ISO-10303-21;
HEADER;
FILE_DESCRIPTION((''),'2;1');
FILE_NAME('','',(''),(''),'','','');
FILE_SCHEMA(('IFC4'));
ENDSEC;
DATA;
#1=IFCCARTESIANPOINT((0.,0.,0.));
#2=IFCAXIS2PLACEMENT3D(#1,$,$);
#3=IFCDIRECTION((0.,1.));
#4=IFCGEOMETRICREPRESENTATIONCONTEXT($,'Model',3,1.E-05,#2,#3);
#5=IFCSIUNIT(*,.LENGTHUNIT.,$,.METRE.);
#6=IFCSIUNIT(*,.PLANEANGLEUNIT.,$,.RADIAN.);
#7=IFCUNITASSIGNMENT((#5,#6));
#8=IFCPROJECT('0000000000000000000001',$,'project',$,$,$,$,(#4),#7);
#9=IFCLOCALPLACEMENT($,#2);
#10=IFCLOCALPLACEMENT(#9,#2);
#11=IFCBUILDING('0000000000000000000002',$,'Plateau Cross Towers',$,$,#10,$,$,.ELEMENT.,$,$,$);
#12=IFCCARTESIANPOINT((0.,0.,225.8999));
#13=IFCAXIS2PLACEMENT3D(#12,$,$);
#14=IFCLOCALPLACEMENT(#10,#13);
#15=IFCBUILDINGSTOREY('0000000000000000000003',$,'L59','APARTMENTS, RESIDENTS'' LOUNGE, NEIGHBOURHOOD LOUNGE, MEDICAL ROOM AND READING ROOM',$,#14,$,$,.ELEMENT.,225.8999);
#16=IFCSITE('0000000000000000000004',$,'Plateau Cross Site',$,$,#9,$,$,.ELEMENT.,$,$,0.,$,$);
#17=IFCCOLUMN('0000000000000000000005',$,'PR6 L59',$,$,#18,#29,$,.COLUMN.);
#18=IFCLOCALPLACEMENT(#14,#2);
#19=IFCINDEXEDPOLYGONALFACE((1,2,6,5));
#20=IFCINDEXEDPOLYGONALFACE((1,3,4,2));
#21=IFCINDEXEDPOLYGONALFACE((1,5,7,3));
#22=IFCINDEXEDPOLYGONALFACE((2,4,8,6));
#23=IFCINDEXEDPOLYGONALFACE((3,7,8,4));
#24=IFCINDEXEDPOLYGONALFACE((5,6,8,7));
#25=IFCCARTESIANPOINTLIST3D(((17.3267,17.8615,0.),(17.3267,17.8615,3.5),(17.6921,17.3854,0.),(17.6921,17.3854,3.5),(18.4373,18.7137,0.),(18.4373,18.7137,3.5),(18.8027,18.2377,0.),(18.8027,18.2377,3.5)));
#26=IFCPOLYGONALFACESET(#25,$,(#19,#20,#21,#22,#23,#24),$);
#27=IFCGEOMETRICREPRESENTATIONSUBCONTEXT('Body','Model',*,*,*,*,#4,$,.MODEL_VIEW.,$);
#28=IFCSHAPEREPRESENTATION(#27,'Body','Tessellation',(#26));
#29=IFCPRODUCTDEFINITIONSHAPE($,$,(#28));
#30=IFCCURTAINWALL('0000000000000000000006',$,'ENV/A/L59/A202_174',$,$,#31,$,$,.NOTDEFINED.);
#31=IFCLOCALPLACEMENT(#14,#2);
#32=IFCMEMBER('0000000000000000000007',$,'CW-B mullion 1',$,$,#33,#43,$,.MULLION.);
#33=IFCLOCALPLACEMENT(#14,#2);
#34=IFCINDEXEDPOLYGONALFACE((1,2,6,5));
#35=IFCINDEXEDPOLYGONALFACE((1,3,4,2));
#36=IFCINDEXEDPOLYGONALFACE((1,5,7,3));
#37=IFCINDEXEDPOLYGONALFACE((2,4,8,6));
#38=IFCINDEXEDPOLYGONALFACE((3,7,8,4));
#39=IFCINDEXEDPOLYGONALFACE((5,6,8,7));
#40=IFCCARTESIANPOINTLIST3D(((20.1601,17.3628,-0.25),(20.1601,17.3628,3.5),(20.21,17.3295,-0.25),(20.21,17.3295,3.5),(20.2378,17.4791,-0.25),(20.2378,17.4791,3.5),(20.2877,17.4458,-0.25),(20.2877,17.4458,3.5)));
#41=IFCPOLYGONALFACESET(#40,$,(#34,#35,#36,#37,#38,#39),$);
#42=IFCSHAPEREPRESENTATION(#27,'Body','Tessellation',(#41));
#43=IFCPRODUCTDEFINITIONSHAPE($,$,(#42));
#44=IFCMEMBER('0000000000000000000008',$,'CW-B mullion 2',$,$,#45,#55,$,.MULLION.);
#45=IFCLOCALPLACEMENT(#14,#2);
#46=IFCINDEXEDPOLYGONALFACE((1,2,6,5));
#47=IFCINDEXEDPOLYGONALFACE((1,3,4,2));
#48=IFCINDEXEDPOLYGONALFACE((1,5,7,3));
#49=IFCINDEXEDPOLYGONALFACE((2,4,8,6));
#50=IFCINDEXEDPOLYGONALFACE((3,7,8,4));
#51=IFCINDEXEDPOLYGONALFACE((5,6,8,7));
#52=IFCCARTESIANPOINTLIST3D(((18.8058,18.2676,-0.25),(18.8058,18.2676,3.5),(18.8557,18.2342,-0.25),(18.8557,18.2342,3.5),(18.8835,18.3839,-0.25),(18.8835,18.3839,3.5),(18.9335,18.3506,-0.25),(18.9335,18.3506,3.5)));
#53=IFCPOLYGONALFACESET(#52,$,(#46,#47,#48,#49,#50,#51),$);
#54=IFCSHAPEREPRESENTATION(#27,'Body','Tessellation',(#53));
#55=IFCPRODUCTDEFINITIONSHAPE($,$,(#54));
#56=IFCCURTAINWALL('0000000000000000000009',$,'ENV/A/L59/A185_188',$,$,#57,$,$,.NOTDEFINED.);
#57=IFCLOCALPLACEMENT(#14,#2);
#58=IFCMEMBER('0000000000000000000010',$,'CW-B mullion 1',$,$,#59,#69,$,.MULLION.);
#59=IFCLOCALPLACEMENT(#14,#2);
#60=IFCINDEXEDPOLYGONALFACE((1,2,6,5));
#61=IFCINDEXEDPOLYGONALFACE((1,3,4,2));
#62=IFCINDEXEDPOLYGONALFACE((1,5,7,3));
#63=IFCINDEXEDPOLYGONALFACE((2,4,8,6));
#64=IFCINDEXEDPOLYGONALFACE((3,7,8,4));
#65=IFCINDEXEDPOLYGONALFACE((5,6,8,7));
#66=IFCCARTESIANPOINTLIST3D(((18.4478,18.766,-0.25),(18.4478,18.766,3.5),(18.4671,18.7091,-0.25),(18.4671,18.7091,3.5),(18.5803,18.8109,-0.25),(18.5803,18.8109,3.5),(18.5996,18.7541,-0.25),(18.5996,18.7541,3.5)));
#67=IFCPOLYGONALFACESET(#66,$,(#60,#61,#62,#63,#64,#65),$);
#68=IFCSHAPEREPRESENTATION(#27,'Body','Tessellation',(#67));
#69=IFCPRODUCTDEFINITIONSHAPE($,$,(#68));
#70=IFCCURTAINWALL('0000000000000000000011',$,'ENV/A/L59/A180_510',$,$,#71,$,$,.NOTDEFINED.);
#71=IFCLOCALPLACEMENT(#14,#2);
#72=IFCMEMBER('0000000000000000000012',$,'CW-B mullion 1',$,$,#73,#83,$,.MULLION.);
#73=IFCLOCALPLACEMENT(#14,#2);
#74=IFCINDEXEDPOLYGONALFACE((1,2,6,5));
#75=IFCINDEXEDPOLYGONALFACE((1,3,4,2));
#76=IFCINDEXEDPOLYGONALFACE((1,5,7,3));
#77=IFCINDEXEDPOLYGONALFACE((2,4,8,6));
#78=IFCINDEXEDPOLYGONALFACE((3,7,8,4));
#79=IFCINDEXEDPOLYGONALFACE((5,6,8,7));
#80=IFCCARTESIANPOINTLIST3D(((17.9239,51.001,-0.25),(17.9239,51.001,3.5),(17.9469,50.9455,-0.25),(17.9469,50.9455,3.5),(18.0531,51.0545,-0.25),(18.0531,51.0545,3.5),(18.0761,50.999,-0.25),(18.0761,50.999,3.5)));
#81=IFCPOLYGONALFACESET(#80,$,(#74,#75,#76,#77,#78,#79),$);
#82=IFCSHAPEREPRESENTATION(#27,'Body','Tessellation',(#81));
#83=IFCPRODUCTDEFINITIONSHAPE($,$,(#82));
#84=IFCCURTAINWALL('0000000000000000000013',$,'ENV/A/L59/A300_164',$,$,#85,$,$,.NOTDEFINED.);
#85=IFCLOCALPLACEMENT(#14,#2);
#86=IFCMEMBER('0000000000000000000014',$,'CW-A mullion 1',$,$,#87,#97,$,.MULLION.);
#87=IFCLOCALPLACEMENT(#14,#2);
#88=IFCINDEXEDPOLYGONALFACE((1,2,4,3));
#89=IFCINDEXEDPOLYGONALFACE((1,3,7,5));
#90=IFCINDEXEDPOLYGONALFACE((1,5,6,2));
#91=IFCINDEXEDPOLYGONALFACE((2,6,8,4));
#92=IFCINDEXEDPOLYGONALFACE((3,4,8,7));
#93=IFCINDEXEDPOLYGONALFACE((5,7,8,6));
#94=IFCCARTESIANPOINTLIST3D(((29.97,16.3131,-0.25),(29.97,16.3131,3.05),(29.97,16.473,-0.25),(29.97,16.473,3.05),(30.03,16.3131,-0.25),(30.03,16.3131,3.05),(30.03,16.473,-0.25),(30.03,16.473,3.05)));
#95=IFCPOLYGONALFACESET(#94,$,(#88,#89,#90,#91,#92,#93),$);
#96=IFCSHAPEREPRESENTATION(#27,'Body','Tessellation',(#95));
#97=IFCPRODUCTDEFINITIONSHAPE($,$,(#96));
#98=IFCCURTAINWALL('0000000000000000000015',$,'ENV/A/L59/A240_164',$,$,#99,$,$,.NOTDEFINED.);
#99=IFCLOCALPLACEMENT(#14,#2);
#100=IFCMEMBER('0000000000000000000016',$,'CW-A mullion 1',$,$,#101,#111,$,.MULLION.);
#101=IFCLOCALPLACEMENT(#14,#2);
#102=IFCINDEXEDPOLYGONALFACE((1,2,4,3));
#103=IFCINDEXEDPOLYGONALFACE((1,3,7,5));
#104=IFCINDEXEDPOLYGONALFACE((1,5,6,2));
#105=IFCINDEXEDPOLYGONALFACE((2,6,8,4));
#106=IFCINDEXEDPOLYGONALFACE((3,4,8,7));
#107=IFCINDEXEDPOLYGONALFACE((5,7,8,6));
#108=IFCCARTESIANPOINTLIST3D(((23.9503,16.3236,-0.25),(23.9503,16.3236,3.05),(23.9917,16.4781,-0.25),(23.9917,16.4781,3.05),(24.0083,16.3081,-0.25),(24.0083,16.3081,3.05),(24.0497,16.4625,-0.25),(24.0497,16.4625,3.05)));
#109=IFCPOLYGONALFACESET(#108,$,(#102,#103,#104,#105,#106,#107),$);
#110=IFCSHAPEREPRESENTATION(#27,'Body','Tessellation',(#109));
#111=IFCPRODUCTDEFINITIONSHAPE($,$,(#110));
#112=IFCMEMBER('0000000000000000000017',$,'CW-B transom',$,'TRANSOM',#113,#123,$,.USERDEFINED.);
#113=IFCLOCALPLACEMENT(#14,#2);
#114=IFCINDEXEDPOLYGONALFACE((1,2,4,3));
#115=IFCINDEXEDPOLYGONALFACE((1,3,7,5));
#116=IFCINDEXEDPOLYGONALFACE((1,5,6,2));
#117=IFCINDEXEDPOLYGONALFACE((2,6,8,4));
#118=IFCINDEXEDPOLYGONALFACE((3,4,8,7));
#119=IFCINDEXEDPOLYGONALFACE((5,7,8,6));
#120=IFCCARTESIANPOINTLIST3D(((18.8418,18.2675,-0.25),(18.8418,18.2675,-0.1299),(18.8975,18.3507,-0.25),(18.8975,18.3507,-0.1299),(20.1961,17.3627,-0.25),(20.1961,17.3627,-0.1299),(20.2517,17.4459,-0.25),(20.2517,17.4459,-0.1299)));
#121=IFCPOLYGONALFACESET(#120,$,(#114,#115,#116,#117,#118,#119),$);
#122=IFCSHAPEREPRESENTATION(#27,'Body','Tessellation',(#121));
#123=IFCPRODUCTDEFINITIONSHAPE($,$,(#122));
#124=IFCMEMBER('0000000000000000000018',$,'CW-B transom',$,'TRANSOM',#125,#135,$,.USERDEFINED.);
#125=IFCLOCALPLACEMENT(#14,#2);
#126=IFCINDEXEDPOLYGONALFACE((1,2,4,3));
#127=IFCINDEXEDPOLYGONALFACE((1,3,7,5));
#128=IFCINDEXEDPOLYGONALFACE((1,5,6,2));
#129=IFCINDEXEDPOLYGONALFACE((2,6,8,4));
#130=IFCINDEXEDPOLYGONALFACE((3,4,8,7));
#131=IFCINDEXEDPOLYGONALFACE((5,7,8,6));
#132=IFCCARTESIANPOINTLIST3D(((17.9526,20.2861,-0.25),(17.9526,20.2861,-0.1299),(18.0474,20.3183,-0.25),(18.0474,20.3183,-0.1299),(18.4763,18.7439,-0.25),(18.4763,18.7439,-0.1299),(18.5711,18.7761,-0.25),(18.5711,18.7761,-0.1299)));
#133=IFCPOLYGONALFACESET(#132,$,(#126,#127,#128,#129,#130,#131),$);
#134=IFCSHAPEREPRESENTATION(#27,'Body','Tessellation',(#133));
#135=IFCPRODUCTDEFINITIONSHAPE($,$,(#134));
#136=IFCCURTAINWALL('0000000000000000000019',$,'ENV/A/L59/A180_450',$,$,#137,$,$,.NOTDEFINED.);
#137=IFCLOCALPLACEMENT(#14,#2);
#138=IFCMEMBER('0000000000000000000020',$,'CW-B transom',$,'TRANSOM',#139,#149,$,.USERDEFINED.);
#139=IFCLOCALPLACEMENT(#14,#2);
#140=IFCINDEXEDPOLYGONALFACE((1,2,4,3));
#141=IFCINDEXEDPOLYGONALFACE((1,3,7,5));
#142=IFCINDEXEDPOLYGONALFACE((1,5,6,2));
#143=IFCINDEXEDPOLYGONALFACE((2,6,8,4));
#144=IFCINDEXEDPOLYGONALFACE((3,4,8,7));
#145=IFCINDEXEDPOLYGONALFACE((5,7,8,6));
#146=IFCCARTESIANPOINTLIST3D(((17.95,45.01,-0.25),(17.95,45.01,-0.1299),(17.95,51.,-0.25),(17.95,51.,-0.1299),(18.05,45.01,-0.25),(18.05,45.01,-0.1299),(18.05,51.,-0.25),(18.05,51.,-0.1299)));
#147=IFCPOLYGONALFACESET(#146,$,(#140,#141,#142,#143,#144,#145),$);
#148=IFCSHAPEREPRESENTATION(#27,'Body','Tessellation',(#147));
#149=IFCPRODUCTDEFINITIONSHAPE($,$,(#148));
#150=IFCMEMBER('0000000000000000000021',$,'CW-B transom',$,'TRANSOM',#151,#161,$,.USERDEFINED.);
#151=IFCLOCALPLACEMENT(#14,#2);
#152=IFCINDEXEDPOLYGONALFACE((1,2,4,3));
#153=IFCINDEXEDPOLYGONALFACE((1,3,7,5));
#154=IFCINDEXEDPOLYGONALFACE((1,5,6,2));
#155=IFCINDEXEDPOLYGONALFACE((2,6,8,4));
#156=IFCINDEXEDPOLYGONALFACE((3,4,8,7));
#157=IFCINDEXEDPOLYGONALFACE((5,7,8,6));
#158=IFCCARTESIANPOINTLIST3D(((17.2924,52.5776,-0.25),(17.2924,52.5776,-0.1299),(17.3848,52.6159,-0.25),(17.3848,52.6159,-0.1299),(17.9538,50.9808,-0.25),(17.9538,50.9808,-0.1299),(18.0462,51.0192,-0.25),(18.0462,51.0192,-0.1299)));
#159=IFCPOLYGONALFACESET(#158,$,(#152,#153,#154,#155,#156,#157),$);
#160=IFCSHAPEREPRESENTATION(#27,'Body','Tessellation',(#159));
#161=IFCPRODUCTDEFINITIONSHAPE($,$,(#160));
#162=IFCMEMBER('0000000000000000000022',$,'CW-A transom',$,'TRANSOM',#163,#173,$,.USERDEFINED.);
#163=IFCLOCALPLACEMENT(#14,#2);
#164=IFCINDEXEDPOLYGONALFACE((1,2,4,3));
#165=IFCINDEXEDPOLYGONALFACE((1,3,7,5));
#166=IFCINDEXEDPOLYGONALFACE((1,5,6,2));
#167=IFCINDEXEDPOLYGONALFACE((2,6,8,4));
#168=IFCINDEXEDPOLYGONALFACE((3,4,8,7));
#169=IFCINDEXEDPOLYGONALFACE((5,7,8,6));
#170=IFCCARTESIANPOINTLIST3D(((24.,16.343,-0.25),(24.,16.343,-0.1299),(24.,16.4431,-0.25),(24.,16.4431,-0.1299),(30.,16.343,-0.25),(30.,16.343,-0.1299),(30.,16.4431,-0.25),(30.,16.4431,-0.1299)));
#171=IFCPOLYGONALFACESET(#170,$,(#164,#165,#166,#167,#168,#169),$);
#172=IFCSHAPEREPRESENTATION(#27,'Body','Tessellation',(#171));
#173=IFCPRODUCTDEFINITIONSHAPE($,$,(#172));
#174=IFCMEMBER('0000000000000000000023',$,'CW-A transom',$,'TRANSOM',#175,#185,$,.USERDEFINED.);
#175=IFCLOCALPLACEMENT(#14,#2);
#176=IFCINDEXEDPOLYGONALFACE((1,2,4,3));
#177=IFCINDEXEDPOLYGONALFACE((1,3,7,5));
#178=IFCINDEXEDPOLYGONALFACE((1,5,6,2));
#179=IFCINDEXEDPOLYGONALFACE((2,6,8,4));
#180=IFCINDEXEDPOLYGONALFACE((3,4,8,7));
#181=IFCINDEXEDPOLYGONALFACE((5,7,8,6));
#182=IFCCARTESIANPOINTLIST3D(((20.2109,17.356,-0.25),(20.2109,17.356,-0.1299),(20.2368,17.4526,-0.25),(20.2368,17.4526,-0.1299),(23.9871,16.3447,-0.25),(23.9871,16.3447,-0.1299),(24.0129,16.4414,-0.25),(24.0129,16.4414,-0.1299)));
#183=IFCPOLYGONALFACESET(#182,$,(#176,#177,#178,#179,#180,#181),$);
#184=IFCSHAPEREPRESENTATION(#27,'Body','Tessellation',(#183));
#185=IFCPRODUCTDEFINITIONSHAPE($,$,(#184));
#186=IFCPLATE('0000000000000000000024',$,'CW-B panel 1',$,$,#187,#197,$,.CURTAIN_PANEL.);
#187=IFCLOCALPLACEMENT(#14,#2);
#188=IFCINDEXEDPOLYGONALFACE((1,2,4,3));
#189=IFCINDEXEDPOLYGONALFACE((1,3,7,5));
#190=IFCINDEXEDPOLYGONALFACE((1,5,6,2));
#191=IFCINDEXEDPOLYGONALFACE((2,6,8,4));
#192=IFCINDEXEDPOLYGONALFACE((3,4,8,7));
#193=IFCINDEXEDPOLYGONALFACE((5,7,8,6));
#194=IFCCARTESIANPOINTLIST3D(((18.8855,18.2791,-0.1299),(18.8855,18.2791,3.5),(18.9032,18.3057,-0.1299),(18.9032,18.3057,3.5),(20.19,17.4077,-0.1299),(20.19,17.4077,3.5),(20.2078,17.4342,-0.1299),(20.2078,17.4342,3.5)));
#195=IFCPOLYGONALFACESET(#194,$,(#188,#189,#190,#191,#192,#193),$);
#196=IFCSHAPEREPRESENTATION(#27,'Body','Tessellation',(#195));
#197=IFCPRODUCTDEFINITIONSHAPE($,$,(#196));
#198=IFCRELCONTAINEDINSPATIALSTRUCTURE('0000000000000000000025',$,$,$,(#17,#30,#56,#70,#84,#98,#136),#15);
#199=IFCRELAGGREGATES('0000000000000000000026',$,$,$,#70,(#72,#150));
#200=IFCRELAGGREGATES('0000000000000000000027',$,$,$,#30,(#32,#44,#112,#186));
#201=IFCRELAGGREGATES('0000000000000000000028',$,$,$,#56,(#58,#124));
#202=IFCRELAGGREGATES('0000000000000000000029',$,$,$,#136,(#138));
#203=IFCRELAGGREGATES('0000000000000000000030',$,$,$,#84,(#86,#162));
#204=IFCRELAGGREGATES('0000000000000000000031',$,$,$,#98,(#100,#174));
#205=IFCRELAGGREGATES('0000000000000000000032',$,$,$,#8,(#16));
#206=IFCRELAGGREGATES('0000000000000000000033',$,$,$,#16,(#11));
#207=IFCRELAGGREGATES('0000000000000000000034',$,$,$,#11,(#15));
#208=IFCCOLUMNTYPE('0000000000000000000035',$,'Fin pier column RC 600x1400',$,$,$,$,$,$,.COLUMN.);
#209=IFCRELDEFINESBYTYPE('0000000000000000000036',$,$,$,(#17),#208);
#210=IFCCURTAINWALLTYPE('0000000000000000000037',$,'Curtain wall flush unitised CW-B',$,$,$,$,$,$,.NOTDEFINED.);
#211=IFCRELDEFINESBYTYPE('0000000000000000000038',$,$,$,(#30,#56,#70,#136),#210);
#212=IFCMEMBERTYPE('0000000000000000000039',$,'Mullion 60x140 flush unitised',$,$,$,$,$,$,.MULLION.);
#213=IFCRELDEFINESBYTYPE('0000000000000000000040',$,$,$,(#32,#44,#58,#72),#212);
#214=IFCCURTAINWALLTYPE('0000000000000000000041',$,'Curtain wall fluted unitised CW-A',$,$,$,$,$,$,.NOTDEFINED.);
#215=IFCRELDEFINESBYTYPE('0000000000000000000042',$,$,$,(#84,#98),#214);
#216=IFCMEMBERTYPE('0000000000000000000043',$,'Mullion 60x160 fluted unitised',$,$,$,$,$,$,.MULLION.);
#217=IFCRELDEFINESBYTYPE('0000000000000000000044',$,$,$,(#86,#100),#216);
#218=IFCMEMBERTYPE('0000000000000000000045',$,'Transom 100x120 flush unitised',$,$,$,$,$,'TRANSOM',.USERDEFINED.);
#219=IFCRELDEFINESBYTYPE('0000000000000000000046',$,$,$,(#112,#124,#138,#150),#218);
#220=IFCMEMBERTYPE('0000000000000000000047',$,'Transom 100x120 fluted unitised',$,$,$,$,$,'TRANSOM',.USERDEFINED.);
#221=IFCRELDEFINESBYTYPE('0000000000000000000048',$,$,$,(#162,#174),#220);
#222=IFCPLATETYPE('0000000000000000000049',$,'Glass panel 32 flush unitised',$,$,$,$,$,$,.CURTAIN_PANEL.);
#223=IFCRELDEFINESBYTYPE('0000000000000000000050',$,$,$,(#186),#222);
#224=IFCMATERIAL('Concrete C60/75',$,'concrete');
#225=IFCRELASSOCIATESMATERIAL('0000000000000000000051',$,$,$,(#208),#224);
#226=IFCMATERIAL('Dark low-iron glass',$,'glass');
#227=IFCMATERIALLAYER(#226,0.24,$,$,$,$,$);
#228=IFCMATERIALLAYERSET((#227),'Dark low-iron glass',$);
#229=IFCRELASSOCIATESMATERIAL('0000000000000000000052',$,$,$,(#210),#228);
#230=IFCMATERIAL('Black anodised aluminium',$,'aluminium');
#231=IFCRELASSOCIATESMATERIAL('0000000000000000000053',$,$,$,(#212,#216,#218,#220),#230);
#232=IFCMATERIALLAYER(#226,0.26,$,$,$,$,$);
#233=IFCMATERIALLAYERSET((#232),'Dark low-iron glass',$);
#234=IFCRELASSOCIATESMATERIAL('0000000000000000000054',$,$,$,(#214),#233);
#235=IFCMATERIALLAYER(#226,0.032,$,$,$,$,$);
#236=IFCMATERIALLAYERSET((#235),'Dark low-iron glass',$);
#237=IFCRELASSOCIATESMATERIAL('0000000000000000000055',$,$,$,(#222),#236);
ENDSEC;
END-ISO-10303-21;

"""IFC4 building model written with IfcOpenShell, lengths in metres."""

from ifc_helpers import new_model, si_unit, direction, frame, origin, origin_2d, place, context, subcontext, project, spatial, rectangle, extrude, material, layer, layer_set, material_profile, profile_set, type_object, element, aggregate, save


model = new_model("IFC4")

# Units and contexts
model_context = context("Model", 3, precision=1e-05, world=origin(), true_north=direction((0.0, 1.0)))
body_context = subcontext(model_context, "Body", "Model", "MODEL_VIEW")
ifc_project = project(units=[si_unit("LENGTHUNIT", "METRE"), si_unit("PLANEANGLEUNIT", "RADIAN")], contexts=[model_context])

# Site, building, storey
site_placement = place(None, origin())
site = spatial("IfcSite", under=ifc_project, at=site_placement, Name="Plateau Cross Site", CompositionType="ELEMENT", RefElevation=0.0)
building_placement = place(site_placement, origin())
building = spatial("IfcBuilding", under=site, at=building_placement, Name="Plateau Cross Towers", CompositionType="ELEMENT")
storey_placement = place(building_placement, frame((0.0, 0.0, 225.8999)))
storey = spatial("IfcBuildingStorey", under=building, at=storey_placement, Name="L59", Description="APARTMENTS, RESIDENTS' LOUNGE, NEIGHBOURHOOD LOUNGE, MEDICAL ROOM AND READING ROOM", CompositionType="ELEMENT", Elevation=225.8999)

# Column
ifc_material_1 = material(Name="Concrete C60/75", Category="concrete")
ifc_material_profile_1 = material_profile(ifc_material_1, rectangle(XDim=0.6001, YDim=1.3999, at=origin_2d()), Name="RC 600x1400")
ifc_profile_set_1 = profile_set([ifc_material_profile_1], Name="Concrete C60/75")
column_type = type_object("IfcColumnType", Name="Fin pier column RC 600x1400", PredefinedType="COLUMN", material=ifc_profile_set_1)
column_placement = place(storey_placement, frame((18.0647, 18.0496, 0.0), z_axis=(0.0, 0.0, 1.0), x_axis=(-0.608811, 0.793315, 0.0)))
element("IfcColumn", 1, at=column_placement, inside=storey, type_object=column_type, Name="PR6 L59", PredefinedType="COLUMN", context=body_context, shape_type="SweptSolid", body=[
    extrude(rectangle(XDim=0.6001, YDim=1.3999, at=origin_2d()), origin(), (0.0, 0.0, 1.0), 3.5),
])

# Curtain wall, members
ifc_material_2 = material(Name="Dark low-iron glass", Category="glass")
ifc_layer_1 = layer(ifc_material_2, 0.24)
ifc_layer_set_1 = layer_set([ifc_layer_1], Name="Dark low-iron glass")
curtain_wall_type_1 = type_object("IfcCurtainWallType", Name="Curtain wall flush unitised CW-B", PredefinedType="NOTDEFINED", material=ifc_layer_set_1)
curtain_wall_1_placement = place(storey_placement, origin())
curtain_wall_1 = element("IfcCurtainWall", 2, at=curtain_wall_1_placement, inside=storey, type_object=curtain_wall_type_1, Name="ENV/A/L59/A202_174", PredefinedType="NOTDEFINED")
ifc_material_3 = material(Name="Black anodised aluminium", Category="aluminium")
ifc_material_profile_2 = material_profile(ifc_material_3, rectangle(XDim=0.0601, YDim=0.1399, at=origin_2d()), Name="MULLION 60x140")
ifc_profile_set_2 = profile_set([ifc_material_profile_2], Name="Black anodised aluminium")
member_type_1 = type_object("IfcMemberType", Name="Mullion 60x140 flush unitised", PredefinedType="MULLION", material=ifc_profile_set_2)
member_1_placement = place(storey_placement, frame((20.2239, 17.4043, -0.25), z_axis=(0.0, 0.0, 1.0), x_axis=(-0.831521, 0.555493, 0.0)))
member_1 = element("IfcMember", 3, at=member_1_placement, type_object=member_type_1, Name="CW-B mullion 1", PredefinedType="MULLION", context=body_context, shape_type="SweptSolid", body=[
    extrude(rectangle(XDim=0.0601, YDim=0.1399, at=origin_2d()), origin(), (0.0, 0.0, 1.0), 3.75),
])
member_2_placement = place(storey_placement, frame((18.8696, 18.3091, -0.25), z_axis=(0.0, 0.0, 1.0), x_axis=(-0.831521, 0.555493, 0.0)))
member_2 = element("IfcMember", 4, at=member_2_placement, type_object=member_type_1, Name="CW-B mullion 2", PredefinedType="MULLION", context=body_context, shape_type="SweptSolid", body=[
    extrude(rectangle(XDim=0.0601, YDim=0.1399, at=origin_2d()), origin(), (0.0, 0.0, 1.0), 3.75),
])

# Curtain walls, members
curtain_wall_2_placement = place(storey_placement, origin())
curtain_wall_2 = element("IfcCurtainWall", 5, at=curtain_wall_2_placement, inside=storey, type_object=curtain_wall_type_1, Name="ENV/A/L59/A185_188", PredefinedType="NOTDEFINED")
member_3_placement = place(storey_placement, frame((18.5237, 18.76, -0.25), z_axis=(0.0, 0.0, 1.0), x_axis=(-0.321469, 0.94692, 0.0)))
member_3 = element("IfcMember", 6, at=member_3_placement, type_object=member_type_1, Name="CW-B mullion 1", PredefinedType="MULLION", context=body_context, shape_type="SweptSolid", body=[
    extrude(rectangle(XDim=0.0601, YDim=0.1399, at=origin_2d()), origin(), (0.0, 0.0, 1.0), 3.75),
])
curtain_wall_3_placement = place(storey_placement, origin())
curtain_wall_3 = element("IfcCurtainWall", 7, at=curtain_wall_3_placement, inside=storey, type_object=curtain_wall_type_1, Name="ENV/A/L59/A180_510", PredefinedType="NOTDEFINED")
member_4_placement = place(storey_placement, frame((18.0, 51.0, -0.25), z_axis=(0.0, 0.0, 1.0), x_axis=(-0.382684, 0.923879, 0.0)))
member_4 = element("IfcMember", 8, at=member_4_placement, type_object=member_type_1, Name="CW-B mullion 1", PredefinedType="MULLION", context=body_context, shape_type="SweptSolid", body=[
    extrude(rectangle(XDim=0.0601, YDim=0.1399, at=origin_2d()), origin(), (0.0, 0.0, 1.0), 3.75),
])
ifc_layer_2 = layer(ifc_material_2, 0.26)
ifc_layer_set_2 = layer_set([ifc_layer_2], Name="Dark low-iron glass")
curtain_wall_type_2 = type_object("IfcCurtainWallType", Name="Curtain wall fluted unitised CW-A", PredefinedType="NOTDEFINED", material=ifc_layer_set_2)
curtain_wall_4_placement = place(storey_placement, origin())
curtain_wall_4 = element("IfcCurtainWall", 9, at=curtain_wall_4_placement, inside=storey, type_object=curtain_wall_type_2, Name="ENV/A/L59/A300_164", PredefinedType="NOTDEFINED")
ifc_material_profile_3 = material_profile(ifc_material_3, rectangle(XDim=0.0601, YDim=0.1599, at=origin_2d()), Name="MULLION 60x160")
ifc_profile_set_3 = profile_set([ifc_material_profile_3], Name="Black anodised aluminium")
member_type_2 = type_object("IfcMemberType", Name="Mullion 60x160 fluted unitised", PredefinedType="MULLION", material=ifc_profile_set_3)
member_5_placement = place(storey_placement, frame((30.0, 16.3931, -0.25), z_axis=(0.0, 0.0, 1.0), x_axis=(-1.0, 0.0, 0.0)))
member_5 = element("IfcMember", 10, at=member_5_placement, type_object=member_type_2, Name="CW-A mullion 1", PredefinedType="MULLION", context=body_context, shape_type="SweptSolid", body=[
    extrude(rectangle(XDim=0.0601, YDim=0.1599, at=origin_2d()), origin(), (0.0, 0.0, 1.0), 3.3),
])
curtain_wall_5_placement = place(storey_placement, origin())
curtain_wall_5 = element("IfcCurtainWall", 11, at=curtain_wall_5_placement, inside=storey, type_object=curtain_wall_type_2, Name="ENV/A/L59/A240_164", PredefinedType="NOTDEFINED")
member_6_placement = place(storey_placement, frame((24.0, 16.3931, -0.25), z_axis=(0.0, 0.0, 1.0), x_axis=(-0.965958, 0.258699, 0.0)))
member_6 = element("IfcMember", 12, at=member_6_placement, type_object=member_type_2, Name="CW-A mullion 1", PredefinedType="MULLION", context=body_context, shape_type="SweptSolid", body=[
    extrude(rectangle(XDim=0.0601, YDim=0.1599, at=origin_2d()), origin(), (0.0, 0.0, 1.0), 3.3),
])

# Members
ifc_material_profile_4 = material_profile(ifc_material_3, rectangle(XDim=0.1001, YDim=0.1201, at=origin_2d()), Name="TRANSOM 100x120")
ifc_profile_set_4 = profile_set([ifc_material_profile_4], Name="Black anodised aluminium")
member_type_3 = type_object("IfcMemberType", Name="Transom 100x120 flush unitised", ElementType="TRANSOM", PredefinedType="USERDEFINED", material=ifc_profile_set_4)
member_7_placement = place(storey_placement, frame((20.2239, 17.4043, -0.1899), z_axis=(-0.831496, 0.55553, 0.0), x_axis=(-0.55553, -0.831496, 0.0)))
member_7 = element("IfcMember", 13, at=member_7_placement, type_object=member_type_3, Name="CW-B transom", ObjectType="TRANSOM", PredefinedType="USERDEFINED", context=body_context, shape_type="SweptSolid", body=[
    extrude(rectangle(XDim=0.1001, YDim=0.1201, at=origin_2d()), origin(), (0.0, 0.0, 1.0), 1.6287),
])
member_8_placement = place(storey_placement, frame((18.5237, 18.76, -0.1899), z_axis=(-0.321529, 0.9469, 0.0), x_axis=(-0.9469, -0.321529, 0.0)))
member_8 = element("IfcMember", 14, at=member_8_placement, type_object=member_type_3, Name="CW-B transom", ObjectType="TRANSOM", PredefinedType="USERDEFINED", context=body_context, shape_type="SweptSolid", body=[
    extrude(rectangle(XDim=0.1001, YDim=0.1201, at=origin_2d()), origin(), (0.0, 0.0, 1.0), 1.6287),
])

# Curtain wall, member
curtain_wall_6_placement = place(storey_placement, origin())
curtain_wall_6 = element("IfcCurtainWall", 15, at=curtain_wall_6_placement, inside=storey, type_object=curtain_wall_type_1, Name="ENV/A/L59/A180_450", PredefinedType="NOTDEFINED")
member_9_placement = place(storey_placement, frame((18.0, 45.01, -0.1899), z_axis=(0.0, 1.0, 0.0), x_axis=(-1.0, 0.0, 0.0)))
member_9 = element("IfcMember", 16, at=member_9_placement, type_object=member_type_3, Name="CW-B transom", ObjectType="TRANSOM", PredefinedType="USERDEFINED", context=body_context, shape_type="SweptSolid", body=[
    extrude(rectangle(XDim=0.1001, YDim=0.1201, at=origin_2d()), origin(), (0.0, 0.0, 1.0), 5.99),
])

# Members
member_10_placement = place(storey_placement, frame((18.0, 51.0, -0.1899), z_axis=(-0.382689, 0.923877, 0.0), x_axis=(-0.923877, -0.382689, 0.0)))
member_10 = element("IfcMember", 17, at=member_10_placement, type_object=member_type_3, Name="CW-B transom", ObjectType="TRANSOM", PredefinedType="USERDEFINED", context=body_context, shape_type="SweptSolid", body=[
    extrude(rectangle(XDim=0.1001, YDim=0.1201, at=origin_2d()), origin(), (0.0, 0.0, 1.0), 1.7283),
])
aggregate(curtain_wall_3, [member_4, member_10])
ifc_material_profile_5 = material_profile(ifc_material_3, rectangle(XDim=0.1001, YDim=0.1201, at=origin_2d()), Name="TRANSOM 100x120")
ifc_profile_set_5 = profile_set([ifc_material_profile_5], Name="Black anodised aluminium")
member_type_4 = type_object("IfcMemberType", Name="Transom 100x120 fluted unitised", ElementType="TRANSOM", PredefinedType="USERDEFINED", material=ifc_profile_set_5)
member_11_placement = place(storey_placement, frame((30.0, 16.3931, -0.1899), z_axis=(-1.0, 0.0, 0.0), x_axis=(0.0, -1.0, 0.0)))
member_11 = element("IfcMember", 18, at=member_11_placement, type_object=member_type_4, Name="CW-A transom", ObjectType="TRANSOM", PredefinedType="USERDEFINED", context=body_context, shape_type="SweptSolid", body=[
    extrude(rectangle(XDim=0.1001, YDim=0.1201, at=origin_2d()), origin(), (0.0, 0.0, 1.0), 6.0),
])
member_12_placement = place(storey_placement, frame((24.0, 16.3931, -0.1899), z_axis=(-0.965963, 0.258681, 0.0), x_axis=(-0.258681, -0.965963, 0.0)))
member_12 = element("IfcMember", 19, at=member_12_placement, type_object=member_type_4, Name="CW-A transom", ObjectType="TRANSOM", PredefinedType="USERDEFINED", context=body_context, shape_type="SweptSolid", body=[
    extrude(rectangle(XDim=0.1001, YDim=0.1201, at=origin_2d()), origin(), (0.0, 0.0, 1.0), 3.9092),
])

# Plate
ifc_layer_3 = layer(ifc_material_2, 0.032)
ifc_layer_set_3 = layer_set([ifc_layer_3], Name="Dark low-iron glass")
plate_type_1 = type_object("IfcPlateType", Name="Glass panel 32 flush unitised", PredefinedType="CURTAIN_PANEL", material=ifc_layer_set_3)
plate_1_placement = place(storey_placement, frame((19.5466, 17.8567, -0.1299), z_axis=(0.0, 0.0, 1.0), x_axis=(-0.831521, 0.555493, 0.0)))
plate_1 = element("IfcPlate", 20, at=plate_1_placement, type_object=plate_type_1, Name="CW-B panel 1", PredefinedType="CURTAIN_PANEL", context=body_context, shape_type="SweptSolid", body=[
    extrude(rectangle(XDim=1.5688, YDim=0.032, at=origin_2d()), origin(), (0.0, 0.0, 1.0), 3.6299),
])
aggregate(curtain_wall_1, [member_1, member_2, member_7, plate_1])
aggregate(curtain_wall_2, [member_3, member_8])
aggregate(curtain_wall_6, [member_9])
aggregate(curtain_wall_4, [member_5, member_11])
aggregate(curtain_wall_5, [member_6, member_12])

save(model, "model.ifc")
